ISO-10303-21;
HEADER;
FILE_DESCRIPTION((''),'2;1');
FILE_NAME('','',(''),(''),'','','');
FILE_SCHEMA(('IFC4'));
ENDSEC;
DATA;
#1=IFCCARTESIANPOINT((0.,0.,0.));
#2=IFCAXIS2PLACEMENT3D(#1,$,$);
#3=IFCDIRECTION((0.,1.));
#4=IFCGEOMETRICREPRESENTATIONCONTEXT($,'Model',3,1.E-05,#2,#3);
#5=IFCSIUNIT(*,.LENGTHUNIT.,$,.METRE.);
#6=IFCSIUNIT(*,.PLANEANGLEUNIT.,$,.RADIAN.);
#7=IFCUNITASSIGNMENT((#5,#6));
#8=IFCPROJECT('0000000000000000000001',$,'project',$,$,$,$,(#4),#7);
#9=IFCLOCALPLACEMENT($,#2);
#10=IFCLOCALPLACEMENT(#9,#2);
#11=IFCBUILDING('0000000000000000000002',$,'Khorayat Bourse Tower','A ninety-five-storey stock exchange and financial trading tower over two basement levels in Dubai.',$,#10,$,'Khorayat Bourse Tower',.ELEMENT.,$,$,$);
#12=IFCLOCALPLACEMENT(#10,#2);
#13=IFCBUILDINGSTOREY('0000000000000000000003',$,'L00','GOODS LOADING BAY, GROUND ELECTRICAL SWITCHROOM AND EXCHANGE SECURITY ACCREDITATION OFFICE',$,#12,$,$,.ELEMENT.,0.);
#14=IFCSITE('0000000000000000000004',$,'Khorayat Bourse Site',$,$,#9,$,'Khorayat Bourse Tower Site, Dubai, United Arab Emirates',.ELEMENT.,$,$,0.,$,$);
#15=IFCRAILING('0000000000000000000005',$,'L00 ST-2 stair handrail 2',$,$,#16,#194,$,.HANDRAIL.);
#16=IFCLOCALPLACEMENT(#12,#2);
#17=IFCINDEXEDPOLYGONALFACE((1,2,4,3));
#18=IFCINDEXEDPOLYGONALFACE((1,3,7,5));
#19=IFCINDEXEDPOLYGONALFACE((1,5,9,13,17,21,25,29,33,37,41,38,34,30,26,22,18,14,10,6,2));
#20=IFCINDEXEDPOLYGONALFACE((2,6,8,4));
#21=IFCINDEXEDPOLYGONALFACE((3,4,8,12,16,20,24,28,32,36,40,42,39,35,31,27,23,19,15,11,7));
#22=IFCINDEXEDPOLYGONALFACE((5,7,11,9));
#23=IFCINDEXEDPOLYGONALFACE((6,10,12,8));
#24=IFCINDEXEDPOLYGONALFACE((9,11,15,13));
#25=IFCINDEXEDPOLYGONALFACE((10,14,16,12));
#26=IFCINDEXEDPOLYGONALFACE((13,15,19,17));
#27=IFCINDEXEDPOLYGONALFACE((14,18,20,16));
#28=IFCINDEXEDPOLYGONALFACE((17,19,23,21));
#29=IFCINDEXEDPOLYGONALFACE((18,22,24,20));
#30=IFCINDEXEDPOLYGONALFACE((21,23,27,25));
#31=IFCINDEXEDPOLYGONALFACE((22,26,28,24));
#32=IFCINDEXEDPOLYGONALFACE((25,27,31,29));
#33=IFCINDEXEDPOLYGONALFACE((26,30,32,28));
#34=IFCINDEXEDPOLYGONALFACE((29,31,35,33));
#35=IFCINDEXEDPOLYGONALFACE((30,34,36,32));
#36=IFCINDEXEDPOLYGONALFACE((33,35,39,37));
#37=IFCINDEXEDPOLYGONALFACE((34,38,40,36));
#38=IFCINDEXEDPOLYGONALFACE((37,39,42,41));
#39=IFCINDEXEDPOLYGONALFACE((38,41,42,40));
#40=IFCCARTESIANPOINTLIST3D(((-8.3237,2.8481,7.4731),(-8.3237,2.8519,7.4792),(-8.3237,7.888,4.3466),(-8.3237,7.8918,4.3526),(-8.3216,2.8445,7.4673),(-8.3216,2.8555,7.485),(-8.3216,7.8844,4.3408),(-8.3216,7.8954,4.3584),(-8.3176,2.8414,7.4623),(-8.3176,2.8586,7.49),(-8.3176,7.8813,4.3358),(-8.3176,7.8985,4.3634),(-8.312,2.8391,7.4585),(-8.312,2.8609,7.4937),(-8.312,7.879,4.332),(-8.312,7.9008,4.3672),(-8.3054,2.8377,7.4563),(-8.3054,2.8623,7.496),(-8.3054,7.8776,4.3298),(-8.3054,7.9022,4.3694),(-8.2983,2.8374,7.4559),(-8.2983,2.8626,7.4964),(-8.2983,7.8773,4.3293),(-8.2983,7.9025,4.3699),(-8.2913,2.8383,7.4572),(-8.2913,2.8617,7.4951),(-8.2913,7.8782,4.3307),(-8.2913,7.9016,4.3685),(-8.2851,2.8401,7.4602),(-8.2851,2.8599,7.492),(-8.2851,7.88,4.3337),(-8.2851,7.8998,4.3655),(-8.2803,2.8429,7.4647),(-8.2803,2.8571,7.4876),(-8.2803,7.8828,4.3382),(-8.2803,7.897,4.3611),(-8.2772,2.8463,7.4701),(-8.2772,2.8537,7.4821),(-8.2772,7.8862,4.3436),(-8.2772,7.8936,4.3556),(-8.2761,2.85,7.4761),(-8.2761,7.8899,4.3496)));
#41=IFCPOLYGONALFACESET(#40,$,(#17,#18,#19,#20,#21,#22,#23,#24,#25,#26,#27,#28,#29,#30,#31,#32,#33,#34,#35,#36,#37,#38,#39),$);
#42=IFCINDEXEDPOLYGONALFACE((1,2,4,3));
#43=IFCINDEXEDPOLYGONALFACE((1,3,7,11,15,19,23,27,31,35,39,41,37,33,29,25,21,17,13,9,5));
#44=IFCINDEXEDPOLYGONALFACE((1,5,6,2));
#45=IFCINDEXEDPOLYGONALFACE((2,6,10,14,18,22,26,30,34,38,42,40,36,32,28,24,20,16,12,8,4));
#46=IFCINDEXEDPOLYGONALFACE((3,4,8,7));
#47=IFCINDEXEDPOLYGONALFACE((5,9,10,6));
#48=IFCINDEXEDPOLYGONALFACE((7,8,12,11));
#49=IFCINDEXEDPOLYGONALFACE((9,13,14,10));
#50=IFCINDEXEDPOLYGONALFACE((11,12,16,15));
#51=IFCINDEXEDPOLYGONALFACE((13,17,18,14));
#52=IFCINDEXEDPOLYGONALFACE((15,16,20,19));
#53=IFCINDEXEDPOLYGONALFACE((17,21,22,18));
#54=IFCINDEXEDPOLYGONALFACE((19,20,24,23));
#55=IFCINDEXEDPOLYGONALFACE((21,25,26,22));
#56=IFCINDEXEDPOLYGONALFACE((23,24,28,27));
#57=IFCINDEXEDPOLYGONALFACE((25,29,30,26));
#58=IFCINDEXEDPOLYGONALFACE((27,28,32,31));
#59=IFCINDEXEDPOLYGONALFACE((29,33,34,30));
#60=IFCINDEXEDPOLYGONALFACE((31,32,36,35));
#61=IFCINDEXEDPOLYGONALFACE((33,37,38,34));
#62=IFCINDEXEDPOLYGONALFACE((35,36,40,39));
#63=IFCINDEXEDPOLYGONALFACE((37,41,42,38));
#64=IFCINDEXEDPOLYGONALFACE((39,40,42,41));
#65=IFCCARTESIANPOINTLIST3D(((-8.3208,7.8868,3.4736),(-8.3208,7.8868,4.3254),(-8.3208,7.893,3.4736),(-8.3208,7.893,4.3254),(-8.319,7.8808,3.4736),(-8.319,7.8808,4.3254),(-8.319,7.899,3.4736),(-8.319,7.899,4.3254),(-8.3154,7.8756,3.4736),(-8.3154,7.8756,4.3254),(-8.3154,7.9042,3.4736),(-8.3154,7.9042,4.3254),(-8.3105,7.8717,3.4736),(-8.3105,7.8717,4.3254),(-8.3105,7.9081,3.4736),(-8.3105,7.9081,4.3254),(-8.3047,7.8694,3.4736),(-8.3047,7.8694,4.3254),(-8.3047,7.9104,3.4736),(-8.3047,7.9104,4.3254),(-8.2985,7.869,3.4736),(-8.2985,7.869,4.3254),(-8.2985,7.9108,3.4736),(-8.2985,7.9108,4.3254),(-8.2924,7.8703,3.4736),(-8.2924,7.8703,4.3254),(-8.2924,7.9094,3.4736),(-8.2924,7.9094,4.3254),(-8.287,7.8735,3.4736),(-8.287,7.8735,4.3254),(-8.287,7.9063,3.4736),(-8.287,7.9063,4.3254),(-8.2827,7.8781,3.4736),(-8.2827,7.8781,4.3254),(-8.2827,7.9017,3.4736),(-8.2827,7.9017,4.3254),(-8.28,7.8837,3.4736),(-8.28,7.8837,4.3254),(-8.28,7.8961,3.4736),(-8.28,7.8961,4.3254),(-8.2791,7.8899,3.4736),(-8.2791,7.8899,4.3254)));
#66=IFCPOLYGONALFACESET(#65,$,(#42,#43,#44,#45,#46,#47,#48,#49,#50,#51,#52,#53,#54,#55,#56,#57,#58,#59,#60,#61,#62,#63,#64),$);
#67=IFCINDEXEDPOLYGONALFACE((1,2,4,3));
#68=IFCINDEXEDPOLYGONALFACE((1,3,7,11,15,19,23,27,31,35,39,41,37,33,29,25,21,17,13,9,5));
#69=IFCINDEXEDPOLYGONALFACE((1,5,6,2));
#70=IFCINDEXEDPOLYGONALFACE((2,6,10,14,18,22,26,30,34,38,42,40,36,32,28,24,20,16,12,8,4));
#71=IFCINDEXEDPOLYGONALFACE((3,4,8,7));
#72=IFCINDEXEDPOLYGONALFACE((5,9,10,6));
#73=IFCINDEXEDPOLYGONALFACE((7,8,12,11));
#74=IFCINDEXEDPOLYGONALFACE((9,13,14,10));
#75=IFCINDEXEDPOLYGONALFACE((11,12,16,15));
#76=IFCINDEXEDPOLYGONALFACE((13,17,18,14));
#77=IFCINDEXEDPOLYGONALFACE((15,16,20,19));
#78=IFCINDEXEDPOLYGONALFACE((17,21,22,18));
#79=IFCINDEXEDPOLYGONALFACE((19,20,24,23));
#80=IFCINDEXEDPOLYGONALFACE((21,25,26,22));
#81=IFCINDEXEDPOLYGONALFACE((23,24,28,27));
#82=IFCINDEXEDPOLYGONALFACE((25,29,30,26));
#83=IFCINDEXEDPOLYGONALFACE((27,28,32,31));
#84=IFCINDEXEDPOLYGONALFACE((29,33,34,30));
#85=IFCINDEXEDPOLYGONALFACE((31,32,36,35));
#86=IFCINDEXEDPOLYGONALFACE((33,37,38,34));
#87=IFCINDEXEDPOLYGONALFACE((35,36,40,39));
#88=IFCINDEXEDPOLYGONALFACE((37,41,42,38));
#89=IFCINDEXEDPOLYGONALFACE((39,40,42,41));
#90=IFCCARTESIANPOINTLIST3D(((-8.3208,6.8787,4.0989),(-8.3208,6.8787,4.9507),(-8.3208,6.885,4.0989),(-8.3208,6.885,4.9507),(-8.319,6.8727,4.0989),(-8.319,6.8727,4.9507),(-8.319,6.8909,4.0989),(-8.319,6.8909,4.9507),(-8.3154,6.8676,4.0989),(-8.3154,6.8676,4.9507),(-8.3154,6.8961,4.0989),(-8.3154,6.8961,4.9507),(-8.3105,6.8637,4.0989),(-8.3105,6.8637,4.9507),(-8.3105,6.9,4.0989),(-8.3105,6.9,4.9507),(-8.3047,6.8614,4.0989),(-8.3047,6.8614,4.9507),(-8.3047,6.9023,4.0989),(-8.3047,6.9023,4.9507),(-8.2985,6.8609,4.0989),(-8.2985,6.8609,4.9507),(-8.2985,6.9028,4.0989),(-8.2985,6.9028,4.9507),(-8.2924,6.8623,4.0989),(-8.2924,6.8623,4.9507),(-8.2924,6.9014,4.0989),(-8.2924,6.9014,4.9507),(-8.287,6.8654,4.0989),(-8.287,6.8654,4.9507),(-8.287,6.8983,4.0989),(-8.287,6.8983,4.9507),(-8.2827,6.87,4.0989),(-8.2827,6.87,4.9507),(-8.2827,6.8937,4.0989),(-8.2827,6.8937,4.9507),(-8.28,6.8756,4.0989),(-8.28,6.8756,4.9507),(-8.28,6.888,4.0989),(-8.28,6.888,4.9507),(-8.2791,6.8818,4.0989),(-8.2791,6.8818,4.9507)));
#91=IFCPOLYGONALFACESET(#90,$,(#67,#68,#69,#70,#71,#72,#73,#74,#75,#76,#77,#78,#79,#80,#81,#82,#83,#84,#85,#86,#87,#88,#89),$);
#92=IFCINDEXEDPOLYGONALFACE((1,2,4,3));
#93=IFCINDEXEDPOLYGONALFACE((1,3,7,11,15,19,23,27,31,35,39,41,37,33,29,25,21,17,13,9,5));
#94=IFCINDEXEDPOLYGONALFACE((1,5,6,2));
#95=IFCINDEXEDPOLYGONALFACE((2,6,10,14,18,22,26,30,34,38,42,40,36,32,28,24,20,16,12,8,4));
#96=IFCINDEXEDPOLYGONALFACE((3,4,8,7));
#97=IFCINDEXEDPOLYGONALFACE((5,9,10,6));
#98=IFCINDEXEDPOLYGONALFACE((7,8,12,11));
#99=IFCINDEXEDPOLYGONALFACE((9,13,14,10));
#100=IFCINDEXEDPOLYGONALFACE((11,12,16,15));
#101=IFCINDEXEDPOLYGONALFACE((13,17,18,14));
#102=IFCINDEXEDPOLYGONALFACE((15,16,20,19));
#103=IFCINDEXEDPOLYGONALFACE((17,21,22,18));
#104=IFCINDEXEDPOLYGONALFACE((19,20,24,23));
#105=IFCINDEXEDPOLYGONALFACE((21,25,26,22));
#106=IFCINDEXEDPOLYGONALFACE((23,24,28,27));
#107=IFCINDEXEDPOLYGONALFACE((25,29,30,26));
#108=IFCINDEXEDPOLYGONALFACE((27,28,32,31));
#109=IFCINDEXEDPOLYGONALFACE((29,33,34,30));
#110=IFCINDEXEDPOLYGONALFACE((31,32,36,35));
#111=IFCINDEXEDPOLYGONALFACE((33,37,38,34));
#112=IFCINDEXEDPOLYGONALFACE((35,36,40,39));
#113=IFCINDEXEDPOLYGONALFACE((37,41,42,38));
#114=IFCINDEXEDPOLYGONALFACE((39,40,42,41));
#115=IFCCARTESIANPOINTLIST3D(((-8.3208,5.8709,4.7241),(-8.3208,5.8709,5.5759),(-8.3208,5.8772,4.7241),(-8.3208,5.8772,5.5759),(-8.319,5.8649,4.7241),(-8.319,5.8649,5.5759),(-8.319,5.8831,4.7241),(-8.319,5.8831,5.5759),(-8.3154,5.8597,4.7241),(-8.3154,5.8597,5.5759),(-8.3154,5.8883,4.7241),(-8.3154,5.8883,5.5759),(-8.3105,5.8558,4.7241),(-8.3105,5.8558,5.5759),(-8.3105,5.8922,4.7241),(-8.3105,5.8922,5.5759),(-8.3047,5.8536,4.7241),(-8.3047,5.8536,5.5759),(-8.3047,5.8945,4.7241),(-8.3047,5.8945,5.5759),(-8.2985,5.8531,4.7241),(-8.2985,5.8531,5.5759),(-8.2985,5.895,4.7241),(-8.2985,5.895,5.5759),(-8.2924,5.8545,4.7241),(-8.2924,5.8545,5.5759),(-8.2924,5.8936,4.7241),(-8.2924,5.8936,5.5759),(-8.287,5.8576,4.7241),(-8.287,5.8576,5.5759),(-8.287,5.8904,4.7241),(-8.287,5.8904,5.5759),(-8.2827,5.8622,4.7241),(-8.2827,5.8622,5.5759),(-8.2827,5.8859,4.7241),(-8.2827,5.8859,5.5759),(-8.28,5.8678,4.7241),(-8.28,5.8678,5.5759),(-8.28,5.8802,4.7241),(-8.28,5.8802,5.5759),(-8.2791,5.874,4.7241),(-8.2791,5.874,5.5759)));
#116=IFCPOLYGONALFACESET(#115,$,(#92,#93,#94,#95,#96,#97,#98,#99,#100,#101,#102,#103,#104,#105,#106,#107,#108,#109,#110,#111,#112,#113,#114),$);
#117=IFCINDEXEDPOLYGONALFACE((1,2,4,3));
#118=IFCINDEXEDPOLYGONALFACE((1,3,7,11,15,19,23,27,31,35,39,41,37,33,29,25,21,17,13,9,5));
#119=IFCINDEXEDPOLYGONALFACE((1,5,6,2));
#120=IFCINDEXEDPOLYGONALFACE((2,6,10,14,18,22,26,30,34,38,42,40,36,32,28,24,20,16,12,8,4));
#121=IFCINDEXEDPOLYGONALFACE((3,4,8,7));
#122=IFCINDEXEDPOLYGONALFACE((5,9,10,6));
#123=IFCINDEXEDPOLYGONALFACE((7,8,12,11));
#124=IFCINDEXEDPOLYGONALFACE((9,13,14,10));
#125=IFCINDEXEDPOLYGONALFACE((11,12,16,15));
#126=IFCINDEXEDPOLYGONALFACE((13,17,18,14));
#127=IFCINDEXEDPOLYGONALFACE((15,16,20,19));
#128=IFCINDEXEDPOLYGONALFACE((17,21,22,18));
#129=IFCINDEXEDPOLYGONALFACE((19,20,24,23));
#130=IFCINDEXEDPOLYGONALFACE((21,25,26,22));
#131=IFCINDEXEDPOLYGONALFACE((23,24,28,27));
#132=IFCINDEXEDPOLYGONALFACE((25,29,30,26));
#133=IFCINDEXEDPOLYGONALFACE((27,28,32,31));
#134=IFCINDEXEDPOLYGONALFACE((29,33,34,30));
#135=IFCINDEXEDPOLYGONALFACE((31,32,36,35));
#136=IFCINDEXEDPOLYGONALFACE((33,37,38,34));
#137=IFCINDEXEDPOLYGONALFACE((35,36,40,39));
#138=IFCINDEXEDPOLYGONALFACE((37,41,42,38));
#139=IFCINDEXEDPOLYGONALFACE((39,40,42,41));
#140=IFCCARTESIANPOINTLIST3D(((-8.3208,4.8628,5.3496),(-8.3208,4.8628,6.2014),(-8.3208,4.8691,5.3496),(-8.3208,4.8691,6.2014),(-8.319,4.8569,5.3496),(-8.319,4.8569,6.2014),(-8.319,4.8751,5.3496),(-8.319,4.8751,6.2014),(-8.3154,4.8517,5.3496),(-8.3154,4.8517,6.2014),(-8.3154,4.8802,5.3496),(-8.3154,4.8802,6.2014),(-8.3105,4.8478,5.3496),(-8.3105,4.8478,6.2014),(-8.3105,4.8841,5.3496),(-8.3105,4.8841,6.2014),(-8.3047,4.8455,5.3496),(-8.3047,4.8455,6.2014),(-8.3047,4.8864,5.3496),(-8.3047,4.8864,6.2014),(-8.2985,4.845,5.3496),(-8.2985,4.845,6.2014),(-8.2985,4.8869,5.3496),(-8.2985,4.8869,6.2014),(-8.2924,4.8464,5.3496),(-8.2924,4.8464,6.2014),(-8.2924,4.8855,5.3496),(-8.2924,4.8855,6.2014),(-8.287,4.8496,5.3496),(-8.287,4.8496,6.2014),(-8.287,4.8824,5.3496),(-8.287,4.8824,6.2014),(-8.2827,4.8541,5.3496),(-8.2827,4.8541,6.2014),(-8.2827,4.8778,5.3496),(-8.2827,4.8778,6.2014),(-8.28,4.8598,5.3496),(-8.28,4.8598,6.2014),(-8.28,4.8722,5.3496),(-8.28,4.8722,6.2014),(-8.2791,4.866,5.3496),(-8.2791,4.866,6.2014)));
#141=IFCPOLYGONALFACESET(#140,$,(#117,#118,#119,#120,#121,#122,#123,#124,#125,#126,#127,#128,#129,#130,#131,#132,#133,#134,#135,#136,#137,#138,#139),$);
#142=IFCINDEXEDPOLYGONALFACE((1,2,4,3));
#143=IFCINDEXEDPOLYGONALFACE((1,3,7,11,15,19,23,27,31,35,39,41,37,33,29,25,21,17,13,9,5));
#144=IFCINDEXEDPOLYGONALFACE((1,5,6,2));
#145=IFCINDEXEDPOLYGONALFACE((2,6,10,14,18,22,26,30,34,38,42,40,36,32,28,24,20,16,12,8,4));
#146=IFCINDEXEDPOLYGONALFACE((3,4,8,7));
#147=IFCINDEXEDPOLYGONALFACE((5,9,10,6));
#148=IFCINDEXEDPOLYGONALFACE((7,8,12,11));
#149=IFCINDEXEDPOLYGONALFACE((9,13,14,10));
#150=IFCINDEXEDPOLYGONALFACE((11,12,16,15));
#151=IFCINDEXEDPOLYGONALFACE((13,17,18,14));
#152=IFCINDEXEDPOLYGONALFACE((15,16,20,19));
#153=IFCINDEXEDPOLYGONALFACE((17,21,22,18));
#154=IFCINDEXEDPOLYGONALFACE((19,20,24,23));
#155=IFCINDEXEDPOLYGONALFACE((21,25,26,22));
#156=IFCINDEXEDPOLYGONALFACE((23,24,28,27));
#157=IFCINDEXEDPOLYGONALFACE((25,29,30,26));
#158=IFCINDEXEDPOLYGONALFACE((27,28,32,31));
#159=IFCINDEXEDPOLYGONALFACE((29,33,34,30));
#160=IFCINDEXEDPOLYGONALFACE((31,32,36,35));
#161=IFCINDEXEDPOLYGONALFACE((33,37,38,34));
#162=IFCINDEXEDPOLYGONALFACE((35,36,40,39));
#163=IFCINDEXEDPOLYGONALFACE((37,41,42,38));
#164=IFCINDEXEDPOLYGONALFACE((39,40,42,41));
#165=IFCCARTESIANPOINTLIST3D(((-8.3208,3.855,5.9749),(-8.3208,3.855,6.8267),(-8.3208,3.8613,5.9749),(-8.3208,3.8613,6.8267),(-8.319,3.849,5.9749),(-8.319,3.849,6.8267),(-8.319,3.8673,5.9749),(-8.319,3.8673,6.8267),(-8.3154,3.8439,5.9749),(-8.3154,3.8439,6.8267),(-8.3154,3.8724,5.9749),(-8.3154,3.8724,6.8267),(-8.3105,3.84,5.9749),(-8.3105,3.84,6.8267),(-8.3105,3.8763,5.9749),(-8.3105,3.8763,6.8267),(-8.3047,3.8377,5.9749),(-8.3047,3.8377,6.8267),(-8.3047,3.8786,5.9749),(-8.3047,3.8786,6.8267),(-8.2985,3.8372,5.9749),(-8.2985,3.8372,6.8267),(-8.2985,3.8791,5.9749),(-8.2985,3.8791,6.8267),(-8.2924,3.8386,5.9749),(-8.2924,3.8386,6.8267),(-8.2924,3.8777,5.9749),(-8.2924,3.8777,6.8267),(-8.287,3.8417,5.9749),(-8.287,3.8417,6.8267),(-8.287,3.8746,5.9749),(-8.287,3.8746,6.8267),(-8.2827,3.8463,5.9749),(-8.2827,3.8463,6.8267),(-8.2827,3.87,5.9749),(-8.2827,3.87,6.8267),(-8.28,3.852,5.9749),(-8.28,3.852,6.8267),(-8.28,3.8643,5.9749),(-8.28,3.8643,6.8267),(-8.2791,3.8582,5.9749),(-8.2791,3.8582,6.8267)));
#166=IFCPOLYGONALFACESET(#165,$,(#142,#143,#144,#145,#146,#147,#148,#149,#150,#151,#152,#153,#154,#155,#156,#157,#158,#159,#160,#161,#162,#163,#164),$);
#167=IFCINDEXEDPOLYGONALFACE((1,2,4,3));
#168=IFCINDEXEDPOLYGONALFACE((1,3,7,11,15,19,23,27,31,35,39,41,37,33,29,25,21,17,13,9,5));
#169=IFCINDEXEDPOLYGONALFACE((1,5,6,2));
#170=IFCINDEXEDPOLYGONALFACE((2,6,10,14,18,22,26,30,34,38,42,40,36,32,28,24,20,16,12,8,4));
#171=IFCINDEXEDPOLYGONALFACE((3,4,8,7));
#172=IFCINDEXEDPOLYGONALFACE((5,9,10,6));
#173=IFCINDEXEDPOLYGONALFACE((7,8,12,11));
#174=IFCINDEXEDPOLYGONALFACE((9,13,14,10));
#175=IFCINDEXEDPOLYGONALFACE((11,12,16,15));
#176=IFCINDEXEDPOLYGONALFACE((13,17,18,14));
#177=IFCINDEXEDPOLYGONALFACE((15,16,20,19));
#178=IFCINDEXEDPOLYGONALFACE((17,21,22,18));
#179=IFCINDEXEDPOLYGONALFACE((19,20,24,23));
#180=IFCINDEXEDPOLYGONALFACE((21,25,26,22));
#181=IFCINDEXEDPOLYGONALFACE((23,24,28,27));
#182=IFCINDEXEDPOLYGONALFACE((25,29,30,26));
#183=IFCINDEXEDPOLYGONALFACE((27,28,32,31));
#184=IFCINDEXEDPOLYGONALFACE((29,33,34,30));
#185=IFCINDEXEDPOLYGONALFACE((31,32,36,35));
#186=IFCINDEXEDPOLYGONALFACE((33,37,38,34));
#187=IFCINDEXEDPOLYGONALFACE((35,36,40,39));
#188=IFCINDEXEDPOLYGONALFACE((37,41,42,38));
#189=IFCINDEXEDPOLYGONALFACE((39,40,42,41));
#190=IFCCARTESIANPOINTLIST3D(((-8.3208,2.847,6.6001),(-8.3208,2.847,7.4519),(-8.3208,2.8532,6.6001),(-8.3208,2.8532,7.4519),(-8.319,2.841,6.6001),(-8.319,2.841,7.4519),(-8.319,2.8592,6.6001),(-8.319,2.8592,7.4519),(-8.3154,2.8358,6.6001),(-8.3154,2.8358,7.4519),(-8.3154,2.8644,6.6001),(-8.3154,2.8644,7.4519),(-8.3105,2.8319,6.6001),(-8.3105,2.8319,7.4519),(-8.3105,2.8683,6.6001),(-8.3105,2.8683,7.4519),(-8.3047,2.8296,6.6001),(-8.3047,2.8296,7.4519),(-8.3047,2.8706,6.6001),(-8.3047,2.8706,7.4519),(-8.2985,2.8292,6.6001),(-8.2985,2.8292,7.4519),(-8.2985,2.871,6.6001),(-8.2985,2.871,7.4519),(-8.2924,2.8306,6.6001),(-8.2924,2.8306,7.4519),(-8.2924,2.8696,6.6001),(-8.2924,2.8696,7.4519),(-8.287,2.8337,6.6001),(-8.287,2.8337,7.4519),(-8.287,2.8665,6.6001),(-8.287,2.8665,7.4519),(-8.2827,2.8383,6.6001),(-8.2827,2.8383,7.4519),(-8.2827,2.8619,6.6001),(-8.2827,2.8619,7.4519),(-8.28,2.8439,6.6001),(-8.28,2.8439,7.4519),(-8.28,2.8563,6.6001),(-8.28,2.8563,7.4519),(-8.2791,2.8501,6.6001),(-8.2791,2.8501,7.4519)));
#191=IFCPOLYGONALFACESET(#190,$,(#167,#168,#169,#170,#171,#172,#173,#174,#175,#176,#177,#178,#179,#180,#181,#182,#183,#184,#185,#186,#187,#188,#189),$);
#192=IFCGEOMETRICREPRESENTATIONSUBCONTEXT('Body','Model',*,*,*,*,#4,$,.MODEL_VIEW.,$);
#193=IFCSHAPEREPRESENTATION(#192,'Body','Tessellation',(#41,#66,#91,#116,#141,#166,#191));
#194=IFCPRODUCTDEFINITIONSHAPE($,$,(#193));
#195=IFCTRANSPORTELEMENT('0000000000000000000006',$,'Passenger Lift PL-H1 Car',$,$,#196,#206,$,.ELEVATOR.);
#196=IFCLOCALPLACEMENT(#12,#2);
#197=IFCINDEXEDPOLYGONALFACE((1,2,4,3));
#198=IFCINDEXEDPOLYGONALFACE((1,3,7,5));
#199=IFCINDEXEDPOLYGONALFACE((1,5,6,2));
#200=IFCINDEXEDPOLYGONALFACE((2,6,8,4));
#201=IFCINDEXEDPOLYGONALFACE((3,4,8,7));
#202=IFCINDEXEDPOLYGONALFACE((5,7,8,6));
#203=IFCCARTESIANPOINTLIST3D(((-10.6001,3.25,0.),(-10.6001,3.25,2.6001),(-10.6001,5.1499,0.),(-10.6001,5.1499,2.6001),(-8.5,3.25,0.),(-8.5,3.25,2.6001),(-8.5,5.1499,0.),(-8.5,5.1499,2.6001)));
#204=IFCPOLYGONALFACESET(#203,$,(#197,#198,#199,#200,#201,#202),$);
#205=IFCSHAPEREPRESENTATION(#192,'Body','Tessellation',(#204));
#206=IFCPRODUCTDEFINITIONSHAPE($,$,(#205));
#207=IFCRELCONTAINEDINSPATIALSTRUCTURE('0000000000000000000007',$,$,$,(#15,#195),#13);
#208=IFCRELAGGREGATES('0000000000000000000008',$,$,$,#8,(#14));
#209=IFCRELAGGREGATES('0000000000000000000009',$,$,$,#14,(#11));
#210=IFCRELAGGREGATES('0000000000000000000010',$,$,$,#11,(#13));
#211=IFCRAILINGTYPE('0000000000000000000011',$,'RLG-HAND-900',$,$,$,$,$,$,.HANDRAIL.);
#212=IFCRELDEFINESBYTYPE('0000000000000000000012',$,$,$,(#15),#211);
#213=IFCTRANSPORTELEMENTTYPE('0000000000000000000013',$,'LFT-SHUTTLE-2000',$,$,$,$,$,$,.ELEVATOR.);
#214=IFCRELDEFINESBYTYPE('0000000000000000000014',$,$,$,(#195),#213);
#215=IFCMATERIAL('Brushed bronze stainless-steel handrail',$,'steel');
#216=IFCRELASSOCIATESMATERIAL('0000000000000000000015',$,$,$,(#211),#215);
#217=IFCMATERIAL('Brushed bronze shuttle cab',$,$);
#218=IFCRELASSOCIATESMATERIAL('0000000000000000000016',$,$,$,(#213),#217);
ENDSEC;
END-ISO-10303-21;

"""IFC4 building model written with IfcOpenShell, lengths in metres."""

from ifc_helpers import new_model, si_unit, direction, frame, origin, origin_2d, place, context, subcontext, project, spatial, rectangle, circle, extrude, source, transform, mapped, material, type_object, element, save


model = new_model("IFC4")

# Units and contexts
model_context = context("Model", 3, precision=1e-05, world=origin(), true_north=direction((0.0, 1.0)))
body_context = subcontext(model_context, "Body", "Model", "MODEL_VIEW")
ifc_project = project(units=[si_unit("LENGTHUNIT", "METRE"), si_unit("PLANEANGLEUNIT", "RADIAN")], contexts=[model_context])

# Site, building, storey
site_placement = place(None, origin())
site = spatial("IfcSite", under=ifc_project, at=site_placement, Name="Khorayat Bourse Site", LongName="Khorayat Bourse Tower Site, Dubai, United Arab Emirates", CompositionType="ELEMENT", RefElevation=0.0)
building_placement = place(site_placement, origin())
building = spatial("IfcBuilding", under=site, at=building_placement, Name="Khorayat Bourse Tower", Description="A ninety-five-storey stock exchange and financial trading tower over two basement levels in Dubai.", LongName="Khorayat Bourse Tower", CompositionType="ELEMENT")
storey_placement = place(building_placement, origin())
storey = spatial("IfcBuildingStorey", under=building, at=storey_placement, Name="L00", Description="GOODS LOADING BAY, GROUND ELECTRICAL SWITCHROOM AND EXCHANGE SECURITY ACCREDITATION OFFICE", CompositionType="ELEMENT", Elevation=0.0)

# Railing
ifc_material_1 = material(Name="Brushed bronze stainless-steel handrail", Category="steel")
railing_type_1 = type_object("IfcRailingType", Name="RLG-HAND-900", PredefinedType="HANDRAIL", material=ifc_material_1)
shared_shape_1 = source(origin(), body_context, "Body", "SweptSolid", [
    extrude(circle(Radius=0.0239, at=origin_2d()), frame((0.0, 0.0, 0.876), z_axis=(0.0, -0.849767, 0.527158), x_axis=(1.0, 0.0, 0.0)), (0.0, 0.0, 1.0), 5.9309),
    extrude(circle(Radius=0.021, at=origin_2d()), origin(), (0.0, 0.0, 1.0), 0.8518),
    extrude(circle(Radius=0.021, at=origin_2d()), frame((0.0, -1.0081, 0.6252)), (0.0, 0.0, 1.0), 0.8518),
    extrude(circle(Radius=0.021, at=origin_2d()), frame((0.0, -2.0159, 1.2505)), (0.0, 0.0, 1.0), 0.8518),
    extrude(circle(Radius=0.021, at=origin_2d()), frame((0.0, -3.0239, 1.876)), (0.0, 0.0, 1.0), 0.8518),
    extrude(circle(Radius=0.021, at=origin_2d()), frame((0.0, -4.0317, 2.5012)), (0.0, 0.0, 1.0), 0.8518),
    extrude(circle(Radius=0.021, at=origin_2d()), frame((0.0, -5.0398, 3.1265)), (0.0, 0.0, 1.0), 0.8518),
])
railing_1_placement = place(storey_placement, frame((-8.3, 7.8899, 3.4736)))
element("IfcRailing", 1, at=railing_1_placement, inside=storey, type_object=railing_type_1, Name="L00 ST-2 stair handrail 2", PredefinedType="HANDRAIL", context=body_context, shape_type="MappedRepresentation", body=[
    mapped(shared_shape_1, transform((0.0, 0.0, 0.0), scale=1.0)),
])

# Transport element
ifc_material_2 = material(Name="Brushed bronze shuttle cab")
transport_element_type = type_object("IfcTransportElementType", Name="LFT-SHUTTLE-2000", PredefinedType="ELEVATOR", material=ifc_material_2)
shared_shape_2 = source(origin(), body_context, "Body", "SweptSolid", [
    extrude(rectangle(XDim=2.1001, YDim=1.8999, at=origin_2d()), origin(), (0.0, 0.0, 1.0), 2.6001),
])
for number, where, z_axis, x_axis, name in (
    (2, (-9.55, 4.2, 0.0), (0.0, 0.0, 1.0), (1.0, 0.0, 0.0), "Passenger Lift PL-H1 Car"),
):
    element("IfcTransportElement", number, at=place(storey_placement, frame(where, z_axis=z_axis, x_axis=x_axis)), inside=storey, type_object=transport_element_type, Name=name, PredefinedType="ELEVATOR", context=body_context, shape_type="MappedRepresentation", body=[
        mapped(shared_shape_2, transform((0.0, 0.0, 0.0), scale=1.0)),
    ])

save(model, "model.ifc")
